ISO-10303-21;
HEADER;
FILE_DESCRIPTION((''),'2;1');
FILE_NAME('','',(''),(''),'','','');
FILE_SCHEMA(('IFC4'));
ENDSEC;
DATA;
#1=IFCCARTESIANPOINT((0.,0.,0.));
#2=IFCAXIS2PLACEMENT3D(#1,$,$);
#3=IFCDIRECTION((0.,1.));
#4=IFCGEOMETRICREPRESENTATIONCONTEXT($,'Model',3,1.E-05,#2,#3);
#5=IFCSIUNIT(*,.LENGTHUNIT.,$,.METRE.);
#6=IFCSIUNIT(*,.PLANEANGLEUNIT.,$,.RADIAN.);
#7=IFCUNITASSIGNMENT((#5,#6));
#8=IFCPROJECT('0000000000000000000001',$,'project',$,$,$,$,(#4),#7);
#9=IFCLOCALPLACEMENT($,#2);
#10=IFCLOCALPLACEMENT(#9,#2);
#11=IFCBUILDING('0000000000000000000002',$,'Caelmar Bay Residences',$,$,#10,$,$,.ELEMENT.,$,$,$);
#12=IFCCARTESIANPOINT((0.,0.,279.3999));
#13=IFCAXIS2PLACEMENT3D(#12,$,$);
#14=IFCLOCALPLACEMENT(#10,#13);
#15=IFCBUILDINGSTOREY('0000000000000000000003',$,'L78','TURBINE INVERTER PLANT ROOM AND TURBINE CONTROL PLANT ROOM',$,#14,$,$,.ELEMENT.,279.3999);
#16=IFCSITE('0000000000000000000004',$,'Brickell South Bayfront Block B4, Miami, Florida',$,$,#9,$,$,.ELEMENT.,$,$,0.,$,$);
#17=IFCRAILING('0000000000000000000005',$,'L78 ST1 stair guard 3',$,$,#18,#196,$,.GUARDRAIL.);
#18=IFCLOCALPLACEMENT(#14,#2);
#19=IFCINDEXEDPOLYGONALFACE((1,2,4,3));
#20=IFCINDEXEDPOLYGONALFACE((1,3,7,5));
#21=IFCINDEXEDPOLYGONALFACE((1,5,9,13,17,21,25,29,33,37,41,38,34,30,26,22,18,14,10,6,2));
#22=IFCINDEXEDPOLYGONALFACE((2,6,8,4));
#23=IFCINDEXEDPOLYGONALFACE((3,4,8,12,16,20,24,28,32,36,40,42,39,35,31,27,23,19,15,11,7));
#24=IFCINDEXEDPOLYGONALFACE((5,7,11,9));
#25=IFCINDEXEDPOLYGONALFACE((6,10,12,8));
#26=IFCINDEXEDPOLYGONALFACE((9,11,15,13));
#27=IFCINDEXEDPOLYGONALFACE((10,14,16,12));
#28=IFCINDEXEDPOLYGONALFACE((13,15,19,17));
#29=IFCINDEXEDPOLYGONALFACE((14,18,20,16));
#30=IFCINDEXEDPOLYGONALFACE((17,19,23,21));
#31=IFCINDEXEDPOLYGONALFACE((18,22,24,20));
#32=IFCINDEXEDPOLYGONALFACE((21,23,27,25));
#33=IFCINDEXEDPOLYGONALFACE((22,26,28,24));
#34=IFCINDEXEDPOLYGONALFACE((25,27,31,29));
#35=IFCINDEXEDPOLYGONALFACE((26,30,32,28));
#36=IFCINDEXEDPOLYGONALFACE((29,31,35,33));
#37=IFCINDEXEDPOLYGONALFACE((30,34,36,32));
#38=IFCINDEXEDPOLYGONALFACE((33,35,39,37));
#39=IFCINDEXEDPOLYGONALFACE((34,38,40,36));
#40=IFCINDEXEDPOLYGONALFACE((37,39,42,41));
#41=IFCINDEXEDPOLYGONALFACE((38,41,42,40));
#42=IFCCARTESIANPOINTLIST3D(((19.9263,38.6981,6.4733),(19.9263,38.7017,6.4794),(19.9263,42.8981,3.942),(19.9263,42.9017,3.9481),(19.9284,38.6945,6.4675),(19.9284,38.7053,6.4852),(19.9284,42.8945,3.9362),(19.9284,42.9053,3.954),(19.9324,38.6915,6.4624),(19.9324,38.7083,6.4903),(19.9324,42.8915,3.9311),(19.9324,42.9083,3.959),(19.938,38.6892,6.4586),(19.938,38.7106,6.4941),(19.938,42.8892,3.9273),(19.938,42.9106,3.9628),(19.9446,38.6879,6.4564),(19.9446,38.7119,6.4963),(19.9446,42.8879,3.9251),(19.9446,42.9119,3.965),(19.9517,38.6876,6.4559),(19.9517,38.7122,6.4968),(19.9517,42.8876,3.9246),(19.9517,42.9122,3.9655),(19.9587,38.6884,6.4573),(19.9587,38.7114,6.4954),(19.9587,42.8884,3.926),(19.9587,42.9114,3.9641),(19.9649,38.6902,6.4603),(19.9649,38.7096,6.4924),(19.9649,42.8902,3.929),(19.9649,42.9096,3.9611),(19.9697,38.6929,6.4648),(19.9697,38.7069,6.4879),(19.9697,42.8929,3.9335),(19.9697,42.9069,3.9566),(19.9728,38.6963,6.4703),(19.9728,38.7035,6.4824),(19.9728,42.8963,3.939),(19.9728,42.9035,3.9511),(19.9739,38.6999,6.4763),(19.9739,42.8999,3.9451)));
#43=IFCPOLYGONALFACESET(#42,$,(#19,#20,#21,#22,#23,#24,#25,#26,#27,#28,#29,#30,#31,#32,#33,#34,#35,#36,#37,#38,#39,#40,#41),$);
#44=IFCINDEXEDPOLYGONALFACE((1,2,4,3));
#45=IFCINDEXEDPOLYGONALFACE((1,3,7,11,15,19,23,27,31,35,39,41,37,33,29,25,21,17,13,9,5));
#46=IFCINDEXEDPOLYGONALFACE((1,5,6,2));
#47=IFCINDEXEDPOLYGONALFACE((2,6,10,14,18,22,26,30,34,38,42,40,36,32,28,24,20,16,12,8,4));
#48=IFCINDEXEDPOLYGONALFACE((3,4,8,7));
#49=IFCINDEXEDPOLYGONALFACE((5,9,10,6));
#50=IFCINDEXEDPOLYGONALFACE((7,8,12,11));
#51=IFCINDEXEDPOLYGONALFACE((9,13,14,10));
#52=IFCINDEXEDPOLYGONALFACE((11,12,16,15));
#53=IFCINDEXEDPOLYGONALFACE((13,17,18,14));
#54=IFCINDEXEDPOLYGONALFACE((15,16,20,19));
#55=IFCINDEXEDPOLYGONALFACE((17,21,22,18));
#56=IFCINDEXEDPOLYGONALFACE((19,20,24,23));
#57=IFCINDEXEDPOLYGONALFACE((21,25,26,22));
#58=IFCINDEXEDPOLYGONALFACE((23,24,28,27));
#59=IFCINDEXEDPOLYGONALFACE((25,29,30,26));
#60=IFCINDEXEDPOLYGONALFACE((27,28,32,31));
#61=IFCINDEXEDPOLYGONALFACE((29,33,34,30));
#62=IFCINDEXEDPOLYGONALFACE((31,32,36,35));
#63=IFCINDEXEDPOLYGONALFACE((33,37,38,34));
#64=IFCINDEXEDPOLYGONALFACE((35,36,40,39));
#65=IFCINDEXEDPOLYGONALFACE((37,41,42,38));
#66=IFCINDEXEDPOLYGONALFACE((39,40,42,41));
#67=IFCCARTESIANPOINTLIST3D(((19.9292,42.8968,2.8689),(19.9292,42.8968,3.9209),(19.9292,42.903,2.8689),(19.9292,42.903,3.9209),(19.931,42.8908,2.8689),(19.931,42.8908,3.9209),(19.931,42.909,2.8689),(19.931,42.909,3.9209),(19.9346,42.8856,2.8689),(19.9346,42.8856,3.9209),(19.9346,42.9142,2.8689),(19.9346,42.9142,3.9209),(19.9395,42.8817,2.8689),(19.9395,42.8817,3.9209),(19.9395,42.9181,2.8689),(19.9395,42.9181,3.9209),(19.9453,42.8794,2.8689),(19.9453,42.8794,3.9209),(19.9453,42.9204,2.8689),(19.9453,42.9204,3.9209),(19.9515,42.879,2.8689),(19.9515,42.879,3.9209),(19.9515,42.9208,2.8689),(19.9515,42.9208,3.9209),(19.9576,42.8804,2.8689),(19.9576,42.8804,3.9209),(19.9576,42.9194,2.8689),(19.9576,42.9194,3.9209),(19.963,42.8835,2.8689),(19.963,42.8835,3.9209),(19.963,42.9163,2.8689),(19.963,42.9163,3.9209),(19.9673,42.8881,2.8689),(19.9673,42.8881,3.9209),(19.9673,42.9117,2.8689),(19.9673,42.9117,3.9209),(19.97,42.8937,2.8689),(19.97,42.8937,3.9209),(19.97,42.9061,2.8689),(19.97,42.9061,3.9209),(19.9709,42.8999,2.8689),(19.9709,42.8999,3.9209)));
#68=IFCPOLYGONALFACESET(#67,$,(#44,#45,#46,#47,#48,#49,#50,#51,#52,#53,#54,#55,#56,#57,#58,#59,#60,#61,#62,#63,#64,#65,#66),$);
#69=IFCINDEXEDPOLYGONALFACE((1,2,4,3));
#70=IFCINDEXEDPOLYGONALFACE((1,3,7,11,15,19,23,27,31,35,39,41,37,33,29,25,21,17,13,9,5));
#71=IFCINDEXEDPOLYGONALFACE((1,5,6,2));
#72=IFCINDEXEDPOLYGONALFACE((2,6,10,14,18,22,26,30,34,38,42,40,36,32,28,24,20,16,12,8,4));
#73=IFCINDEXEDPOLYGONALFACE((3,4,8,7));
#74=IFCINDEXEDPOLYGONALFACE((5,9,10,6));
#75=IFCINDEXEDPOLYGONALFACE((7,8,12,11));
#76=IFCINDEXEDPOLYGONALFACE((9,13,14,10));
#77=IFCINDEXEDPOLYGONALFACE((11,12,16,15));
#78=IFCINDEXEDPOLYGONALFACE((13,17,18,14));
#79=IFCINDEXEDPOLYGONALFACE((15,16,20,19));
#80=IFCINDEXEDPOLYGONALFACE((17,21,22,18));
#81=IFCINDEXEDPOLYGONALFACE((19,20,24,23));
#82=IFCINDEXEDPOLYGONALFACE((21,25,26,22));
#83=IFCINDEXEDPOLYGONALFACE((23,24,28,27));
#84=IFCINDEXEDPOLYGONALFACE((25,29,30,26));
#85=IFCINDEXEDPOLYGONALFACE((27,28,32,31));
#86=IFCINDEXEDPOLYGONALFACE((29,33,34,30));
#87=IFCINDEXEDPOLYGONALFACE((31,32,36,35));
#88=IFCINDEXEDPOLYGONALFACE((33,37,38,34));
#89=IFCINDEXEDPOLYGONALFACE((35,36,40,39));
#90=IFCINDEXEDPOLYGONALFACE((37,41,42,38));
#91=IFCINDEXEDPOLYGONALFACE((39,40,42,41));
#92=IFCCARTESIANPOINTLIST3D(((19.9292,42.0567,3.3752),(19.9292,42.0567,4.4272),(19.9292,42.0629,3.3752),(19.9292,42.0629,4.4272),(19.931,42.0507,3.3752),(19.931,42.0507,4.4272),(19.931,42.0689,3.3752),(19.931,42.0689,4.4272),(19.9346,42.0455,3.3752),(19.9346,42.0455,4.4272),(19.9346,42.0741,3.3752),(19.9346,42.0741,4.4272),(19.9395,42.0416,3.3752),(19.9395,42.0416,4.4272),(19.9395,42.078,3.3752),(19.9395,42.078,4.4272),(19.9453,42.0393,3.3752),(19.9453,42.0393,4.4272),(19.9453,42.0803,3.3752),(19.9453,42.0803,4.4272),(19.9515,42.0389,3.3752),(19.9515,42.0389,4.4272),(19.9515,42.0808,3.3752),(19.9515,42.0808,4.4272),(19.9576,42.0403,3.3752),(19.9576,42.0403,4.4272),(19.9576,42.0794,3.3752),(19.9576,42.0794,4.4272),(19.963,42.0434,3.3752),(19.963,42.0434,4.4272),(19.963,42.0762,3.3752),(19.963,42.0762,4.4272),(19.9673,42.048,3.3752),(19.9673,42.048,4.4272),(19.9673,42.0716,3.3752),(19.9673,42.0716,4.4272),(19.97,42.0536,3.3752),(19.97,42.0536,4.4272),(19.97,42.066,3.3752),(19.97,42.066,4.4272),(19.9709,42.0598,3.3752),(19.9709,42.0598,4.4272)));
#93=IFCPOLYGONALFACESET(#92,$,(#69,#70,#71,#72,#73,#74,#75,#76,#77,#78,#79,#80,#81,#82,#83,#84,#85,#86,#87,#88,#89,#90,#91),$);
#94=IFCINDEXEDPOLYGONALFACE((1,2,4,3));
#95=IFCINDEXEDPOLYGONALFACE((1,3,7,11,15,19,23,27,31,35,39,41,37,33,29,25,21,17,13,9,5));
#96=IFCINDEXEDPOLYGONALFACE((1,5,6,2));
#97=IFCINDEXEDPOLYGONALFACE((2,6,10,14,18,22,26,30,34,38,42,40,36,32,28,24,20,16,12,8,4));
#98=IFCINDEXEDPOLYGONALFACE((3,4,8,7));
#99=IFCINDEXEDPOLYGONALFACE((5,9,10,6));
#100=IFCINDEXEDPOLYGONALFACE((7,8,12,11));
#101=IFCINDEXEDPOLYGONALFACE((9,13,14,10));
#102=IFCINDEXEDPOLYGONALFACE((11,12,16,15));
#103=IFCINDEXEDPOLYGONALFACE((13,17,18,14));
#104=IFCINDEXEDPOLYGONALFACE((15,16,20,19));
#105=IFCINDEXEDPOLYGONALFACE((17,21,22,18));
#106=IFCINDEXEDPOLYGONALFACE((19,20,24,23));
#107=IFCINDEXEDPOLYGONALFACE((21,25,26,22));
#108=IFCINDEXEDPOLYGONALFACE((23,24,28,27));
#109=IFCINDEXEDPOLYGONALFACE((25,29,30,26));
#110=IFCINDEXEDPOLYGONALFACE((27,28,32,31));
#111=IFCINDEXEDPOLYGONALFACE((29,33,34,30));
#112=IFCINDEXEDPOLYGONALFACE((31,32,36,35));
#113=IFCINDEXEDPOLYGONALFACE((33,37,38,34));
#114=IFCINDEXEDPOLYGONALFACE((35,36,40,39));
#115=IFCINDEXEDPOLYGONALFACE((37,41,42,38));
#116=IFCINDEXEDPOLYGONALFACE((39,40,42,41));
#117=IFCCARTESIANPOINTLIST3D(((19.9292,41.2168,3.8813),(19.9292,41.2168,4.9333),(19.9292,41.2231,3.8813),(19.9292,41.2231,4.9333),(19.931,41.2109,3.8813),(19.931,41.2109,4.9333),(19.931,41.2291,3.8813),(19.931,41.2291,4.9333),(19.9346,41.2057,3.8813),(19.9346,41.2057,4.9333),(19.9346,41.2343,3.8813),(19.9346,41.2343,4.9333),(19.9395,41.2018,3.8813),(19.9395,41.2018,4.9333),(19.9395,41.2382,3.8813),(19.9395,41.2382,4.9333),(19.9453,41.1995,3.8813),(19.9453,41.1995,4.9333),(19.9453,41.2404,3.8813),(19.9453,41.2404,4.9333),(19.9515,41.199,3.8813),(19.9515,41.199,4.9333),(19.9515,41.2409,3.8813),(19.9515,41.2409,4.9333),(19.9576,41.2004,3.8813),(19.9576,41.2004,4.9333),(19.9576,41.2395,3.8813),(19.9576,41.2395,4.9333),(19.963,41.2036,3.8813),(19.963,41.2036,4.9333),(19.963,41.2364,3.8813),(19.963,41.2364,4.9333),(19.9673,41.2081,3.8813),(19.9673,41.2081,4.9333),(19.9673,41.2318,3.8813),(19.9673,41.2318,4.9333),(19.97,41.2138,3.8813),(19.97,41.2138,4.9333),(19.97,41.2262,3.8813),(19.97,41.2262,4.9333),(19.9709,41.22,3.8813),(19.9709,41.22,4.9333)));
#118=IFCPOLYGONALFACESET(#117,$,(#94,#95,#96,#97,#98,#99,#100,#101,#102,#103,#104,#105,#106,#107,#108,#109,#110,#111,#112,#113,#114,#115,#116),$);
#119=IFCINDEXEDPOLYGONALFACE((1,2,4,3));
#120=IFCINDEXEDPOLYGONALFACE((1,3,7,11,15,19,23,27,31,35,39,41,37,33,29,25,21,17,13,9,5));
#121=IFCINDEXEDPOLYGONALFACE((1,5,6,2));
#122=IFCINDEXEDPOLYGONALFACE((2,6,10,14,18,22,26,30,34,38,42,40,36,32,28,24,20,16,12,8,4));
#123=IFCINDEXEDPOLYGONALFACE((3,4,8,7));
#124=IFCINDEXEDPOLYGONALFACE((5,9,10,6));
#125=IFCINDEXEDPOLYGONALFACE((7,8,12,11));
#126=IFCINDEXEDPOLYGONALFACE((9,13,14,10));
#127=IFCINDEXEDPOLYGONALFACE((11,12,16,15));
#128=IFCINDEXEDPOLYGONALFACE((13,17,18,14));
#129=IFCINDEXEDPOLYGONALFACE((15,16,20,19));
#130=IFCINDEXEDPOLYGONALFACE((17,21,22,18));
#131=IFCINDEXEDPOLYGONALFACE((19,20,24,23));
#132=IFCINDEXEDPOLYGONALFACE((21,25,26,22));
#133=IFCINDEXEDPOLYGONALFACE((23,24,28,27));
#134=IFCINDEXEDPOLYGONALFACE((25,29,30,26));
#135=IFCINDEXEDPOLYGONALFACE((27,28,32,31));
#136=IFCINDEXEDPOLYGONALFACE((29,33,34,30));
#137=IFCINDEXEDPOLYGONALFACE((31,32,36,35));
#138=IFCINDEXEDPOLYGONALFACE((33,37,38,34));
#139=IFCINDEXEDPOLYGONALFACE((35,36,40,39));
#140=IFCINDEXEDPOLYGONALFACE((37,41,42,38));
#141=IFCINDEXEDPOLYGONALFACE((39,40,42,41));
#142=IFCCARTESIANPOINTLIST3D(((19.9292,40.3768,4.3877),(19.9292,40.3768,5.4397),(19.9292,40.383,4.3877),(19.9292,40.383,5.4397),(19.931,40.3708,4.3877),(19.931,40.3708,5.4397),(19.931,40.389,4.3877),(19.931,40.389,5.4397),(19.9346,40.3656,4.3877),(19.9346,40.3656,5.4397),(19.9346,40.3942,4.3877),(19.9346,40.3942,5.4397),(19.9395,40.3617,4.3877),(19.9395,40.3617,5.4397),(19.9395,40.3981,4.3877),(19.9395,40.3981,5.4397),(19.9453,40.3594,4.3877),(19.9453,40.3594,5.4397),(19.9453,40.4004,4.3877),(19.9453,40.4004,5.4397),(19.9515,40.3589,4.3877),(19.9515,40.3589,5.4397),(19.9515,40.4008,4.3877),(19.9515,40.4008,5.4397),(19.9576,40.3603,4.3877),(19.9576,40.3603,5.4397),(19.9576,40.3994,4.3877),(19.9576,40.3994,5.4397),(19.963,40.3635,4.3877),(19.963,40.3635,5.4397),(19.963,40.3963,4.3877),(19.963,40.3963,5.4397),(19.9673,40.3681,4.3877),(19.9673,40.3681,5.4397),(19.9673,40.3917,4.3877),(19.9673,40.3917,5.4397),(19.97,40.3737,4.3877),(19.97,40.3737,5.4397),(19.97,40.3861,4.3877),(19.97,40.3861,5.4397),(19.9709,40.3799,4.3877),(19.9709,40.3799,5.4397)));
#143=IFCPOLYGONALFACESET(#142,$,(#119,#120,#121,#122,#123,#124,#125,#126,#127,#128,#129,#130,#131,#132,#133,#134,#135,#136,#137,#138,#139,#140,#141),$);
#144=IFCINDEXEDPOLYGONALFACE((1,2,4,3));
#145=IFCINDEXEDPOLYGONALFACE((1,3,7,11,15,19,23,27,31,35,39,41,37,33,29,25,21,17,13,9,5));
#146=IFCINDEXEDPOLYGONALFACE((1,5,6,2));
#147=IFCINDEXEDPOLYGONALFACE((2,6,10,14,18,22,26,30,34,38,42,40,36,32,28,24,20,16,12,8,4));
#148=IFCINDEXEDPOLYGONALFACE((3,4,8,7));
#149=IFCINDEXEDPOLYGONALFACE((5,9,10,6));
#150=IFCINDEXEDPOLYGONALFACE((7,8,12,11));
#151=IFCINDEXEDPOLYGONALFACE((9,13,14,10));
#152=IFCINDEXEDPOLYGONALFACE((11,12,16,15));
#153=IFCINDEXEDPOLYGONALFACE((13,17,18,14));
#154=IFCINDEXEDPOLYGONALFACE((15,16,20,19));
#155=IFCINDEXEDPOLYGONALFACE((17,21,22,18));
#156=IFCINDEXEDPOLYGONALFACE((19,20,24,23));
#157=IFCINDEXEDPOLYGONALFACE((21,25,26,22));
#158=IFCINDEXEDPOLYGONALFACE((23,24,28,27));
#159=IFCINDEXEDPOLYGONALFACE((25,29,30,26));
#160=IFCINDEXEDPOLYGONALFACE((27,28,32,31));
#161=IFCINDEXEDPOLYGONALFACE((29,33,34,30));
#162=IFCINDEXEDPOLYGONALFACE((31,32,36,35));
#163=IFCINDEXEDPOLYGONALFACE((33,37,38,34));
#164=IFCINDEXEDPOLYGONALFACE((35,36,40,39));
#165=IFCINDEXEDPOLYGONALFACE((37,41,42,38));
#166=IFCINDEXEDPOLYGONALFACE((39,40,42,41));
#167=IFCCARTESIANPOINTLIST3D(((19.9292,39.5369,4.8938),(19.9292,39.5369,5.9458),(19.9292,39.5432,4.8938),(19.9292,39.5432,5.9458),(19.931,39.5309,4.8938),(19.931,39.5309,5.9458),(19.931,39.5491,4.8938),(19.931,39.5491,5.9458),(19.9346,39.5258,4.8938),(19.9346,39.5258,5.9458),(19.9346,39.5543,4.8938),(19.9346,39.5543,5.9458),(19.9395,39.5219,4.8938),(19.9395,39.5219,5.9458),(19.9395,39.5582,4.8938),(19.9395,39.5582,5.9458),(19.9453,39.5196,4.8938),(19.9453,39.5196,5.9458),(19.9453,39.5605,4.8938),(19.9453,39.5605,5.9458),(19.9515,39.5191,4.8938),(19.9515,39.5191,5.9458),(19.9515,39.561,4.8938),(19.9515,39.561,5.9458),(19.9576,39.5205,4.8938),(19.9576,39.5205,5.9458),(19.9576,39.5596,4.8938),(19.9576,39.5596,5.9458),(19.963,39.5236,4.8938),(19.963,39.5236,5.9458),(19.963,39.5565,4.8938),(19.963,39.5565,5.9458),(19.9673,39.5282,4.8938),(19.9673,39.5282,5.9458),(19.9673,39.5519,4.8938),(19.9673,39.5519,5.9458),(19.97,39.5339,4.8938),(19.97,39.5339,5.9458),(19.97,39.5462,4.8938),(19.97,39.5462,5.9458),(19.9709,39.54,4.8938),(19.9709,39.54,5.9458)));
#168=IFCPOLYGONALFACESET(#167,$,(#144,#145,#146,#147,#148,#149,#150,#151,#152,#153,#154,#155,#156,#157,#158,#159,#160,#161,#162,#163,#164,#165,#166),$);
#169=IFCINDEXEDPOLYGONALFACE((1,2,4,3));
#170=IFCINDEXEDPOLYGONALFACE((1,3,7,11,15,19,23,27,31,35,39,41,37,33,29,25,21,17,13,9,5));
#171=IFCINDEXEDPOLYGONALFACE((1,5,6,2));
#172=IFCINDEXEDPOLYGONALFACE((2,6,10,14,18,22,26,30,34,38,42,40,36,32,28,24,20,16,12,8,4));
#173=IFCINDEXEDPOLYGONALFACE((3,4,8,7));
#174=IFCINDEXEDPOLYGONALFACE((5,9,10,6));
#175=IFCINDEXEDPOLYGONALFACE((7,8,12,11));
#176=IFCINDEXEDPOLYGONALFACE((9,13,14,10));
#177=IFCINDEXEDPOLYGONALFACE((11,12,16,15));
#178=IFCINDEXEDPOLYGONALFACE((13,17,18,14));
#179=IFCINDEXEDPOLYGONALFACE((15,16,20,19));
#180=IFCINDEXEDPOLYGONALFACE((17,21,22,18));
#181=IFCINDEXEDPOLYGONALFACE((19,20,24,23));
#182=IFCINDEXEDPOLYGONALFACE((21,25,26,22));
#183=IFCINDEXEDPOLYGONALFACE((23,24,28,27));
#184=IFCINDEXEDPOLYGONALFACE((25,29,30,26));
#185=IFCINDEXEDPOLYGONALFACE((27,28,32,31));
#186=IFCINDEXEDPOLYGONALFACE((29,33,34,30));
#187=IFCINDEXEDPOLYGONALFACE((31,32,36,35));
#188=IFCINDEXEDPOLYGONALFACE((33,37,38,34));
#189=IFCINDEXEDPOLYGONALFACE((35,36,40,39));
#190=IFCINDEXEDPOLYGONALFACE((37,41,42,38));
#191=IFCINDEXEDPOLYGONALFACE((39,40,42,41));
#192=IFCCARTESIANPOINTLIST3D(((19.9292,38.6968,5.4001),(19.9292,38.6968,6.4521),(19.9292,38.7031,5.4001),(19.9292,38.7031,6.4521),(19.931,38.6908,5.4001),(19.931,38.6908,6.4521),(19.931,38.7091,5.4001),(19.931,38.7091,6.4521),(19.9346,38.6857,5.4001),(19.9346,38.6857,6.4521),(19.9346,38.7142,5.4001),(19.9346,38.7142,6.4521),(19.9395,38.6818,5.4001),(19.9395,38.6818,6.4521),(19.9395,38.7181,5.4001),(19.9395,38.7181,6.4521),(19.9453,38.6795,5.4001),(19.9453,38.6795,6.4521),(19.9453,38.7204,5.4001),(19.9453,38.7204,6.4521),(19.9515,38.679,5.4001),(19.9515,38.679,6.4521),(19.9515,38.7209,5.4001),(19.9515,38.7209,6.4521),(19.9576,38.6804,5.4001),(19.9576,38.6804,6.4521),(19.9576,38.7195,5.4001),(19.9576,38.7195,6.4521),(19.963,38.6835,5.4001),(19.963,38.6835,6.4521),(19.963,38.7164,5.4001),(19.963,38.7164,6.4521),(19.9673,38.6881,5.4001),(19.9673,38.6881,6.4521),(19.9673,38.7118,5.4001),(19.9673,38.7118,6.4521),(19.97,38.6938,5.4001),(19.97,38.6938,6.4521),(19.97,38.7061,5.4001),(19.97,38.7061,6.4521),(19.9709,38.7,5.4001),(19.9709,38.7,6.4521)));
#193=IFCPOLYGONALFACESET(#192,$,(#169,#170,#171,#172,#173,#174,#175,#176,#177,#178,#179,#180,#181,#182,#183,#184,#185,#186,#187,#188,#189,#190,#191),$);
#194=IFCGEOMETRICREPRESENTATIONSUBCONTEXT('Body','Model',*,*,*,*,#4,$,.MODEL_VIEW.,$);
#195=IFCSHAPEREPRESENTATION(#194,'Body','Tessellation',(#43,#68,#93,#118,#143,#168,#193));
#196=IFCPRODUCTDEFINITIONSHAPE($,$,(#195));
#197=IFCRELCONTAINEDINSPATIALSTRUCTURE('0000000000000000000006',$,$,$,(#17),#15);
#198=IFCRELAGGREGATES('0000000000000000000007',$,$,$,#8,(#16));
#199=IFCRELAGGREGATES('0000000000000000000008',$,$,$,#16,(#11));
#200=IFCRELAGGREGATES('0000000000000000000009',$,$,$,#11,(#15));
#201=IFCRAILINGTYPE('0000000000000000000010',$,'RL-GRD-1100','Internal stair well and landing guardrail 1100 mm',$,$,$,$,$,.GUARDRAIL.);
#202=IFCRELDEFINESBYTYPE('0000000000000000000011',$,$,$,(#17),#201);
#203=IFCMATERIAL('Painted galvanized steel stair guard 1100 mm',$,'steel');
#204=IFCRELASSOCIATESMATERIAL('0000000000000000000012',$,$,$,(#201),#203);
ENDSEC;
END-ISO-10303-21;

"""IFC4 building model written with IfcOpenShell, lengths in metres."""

from ifc_helpers import new_model, si_unit, direction, frame, origin, origin_2d, place, context, subcontext, project, spatial, circle, extrude, material, type_object, element, save


model = new_model("IFC4")

# Units and contexts
model_context = context("Model", 3, precision=1e-05, world=origin(), true_north=direction((0.0, 1.0)))
body_context = subcontext(model_context, "Body", "Model", "MODEL_VIEW")
ifc_project = project(units=[si_unit("LENGTHUNIT", "METRE"), si_unit("PLANEANGLEUNIT", "RADIAN")], contexts=[model_context])

# Site, building, storey
site_placement = place(None, origin())
site = spatial("IfcSite", under=ifc_project, at=site_placement, Name="Brickell South Bayfront Block B4, Miami, Florida", CompositionType="ELEMENT", RefElevation=0.0)
building_placement = place(site_placement, origin())
building = spatial("IfcBuilding", under=site, at=building_placement, Name="Caelmar Bay Residences", CompositionType="ELEMENT")
storey_placement = place(building_placement, frame((0.0, 0.0, 279.3999)))
storey = spatial("IfcBuildingStorey", under=building, at=storey_placement, Name="L78", Description="TURBINE INVERTER PLANT ROOM AND TURBINE CONTROL PLANT ROOM", CompositionType="ELEMENT", Elevation=279.3999)

# Railing
ifc_material_1 = material(Name="Painted galvanized steel stair guard 1100 mm", Category="steel")
railing_type_1 = type_object("IfcRailingType", Name="RL-GRD-1100", Description="Internal stair well and landing guardrail 1100 mm", PredefinedType="GUARDRAIL", material=ifc_material_1)
railing_1_placement = place(storey_placement, frame((19.95, 42.8999, 2.8689)))
element("IfcRailing", 1, at=railing_1_placement, inside=storey, type_object=railing_type_1, Name="L78 ST1 stair guard 3", PredefinedType="GUARDRAIL", context=body_context, shape_type="SweptSolid", body=[
    extrude(circle(Radius=0.0239, at=origin_2d()), frame((0.0, 0.0, 1.0762), z_axis=(0.0, -0.856476, 0.516186), x_axis=(1.0, 0.0, 0.0)), (0.0, 0.0, 1.0), 4.9038),
    extrude(circle(Radius=0.021, at=origin_2d()), origin(), (0.0, 0.0, 1.0), 1.052),
    extrude(circle(Radius=0.021, at=origin_2d()), frame((0.0, -0.8401, 0.5063)), (0.0, 0.0, 1.0), 1.052),
    extrude(circle(Radius=0.021, at=origin_2d()), frame((0.0, -1.6799, 1.0125)), (0.0, 0.0, 1.0), 1.052),
    extrude(circle(Radius=0.021, at=origin_2d()), frame((0.0, -2.52, 1.5188)), (0.0, 0.0, 1.0), 1.052),
    extrude(circle(Radius=0.021, at=origin_2d()), frame((0.0, -3.3599, 2.0249)), (0.0, 0.0, 1.0), 1.052),
    extrude(circle(Radius=0.021, at=origin_2d()), frame((0.0, -4.2, 2.5312)), (0.0, 0.0, 1.0), 1.052),
])

save(model, "model.ifc")
